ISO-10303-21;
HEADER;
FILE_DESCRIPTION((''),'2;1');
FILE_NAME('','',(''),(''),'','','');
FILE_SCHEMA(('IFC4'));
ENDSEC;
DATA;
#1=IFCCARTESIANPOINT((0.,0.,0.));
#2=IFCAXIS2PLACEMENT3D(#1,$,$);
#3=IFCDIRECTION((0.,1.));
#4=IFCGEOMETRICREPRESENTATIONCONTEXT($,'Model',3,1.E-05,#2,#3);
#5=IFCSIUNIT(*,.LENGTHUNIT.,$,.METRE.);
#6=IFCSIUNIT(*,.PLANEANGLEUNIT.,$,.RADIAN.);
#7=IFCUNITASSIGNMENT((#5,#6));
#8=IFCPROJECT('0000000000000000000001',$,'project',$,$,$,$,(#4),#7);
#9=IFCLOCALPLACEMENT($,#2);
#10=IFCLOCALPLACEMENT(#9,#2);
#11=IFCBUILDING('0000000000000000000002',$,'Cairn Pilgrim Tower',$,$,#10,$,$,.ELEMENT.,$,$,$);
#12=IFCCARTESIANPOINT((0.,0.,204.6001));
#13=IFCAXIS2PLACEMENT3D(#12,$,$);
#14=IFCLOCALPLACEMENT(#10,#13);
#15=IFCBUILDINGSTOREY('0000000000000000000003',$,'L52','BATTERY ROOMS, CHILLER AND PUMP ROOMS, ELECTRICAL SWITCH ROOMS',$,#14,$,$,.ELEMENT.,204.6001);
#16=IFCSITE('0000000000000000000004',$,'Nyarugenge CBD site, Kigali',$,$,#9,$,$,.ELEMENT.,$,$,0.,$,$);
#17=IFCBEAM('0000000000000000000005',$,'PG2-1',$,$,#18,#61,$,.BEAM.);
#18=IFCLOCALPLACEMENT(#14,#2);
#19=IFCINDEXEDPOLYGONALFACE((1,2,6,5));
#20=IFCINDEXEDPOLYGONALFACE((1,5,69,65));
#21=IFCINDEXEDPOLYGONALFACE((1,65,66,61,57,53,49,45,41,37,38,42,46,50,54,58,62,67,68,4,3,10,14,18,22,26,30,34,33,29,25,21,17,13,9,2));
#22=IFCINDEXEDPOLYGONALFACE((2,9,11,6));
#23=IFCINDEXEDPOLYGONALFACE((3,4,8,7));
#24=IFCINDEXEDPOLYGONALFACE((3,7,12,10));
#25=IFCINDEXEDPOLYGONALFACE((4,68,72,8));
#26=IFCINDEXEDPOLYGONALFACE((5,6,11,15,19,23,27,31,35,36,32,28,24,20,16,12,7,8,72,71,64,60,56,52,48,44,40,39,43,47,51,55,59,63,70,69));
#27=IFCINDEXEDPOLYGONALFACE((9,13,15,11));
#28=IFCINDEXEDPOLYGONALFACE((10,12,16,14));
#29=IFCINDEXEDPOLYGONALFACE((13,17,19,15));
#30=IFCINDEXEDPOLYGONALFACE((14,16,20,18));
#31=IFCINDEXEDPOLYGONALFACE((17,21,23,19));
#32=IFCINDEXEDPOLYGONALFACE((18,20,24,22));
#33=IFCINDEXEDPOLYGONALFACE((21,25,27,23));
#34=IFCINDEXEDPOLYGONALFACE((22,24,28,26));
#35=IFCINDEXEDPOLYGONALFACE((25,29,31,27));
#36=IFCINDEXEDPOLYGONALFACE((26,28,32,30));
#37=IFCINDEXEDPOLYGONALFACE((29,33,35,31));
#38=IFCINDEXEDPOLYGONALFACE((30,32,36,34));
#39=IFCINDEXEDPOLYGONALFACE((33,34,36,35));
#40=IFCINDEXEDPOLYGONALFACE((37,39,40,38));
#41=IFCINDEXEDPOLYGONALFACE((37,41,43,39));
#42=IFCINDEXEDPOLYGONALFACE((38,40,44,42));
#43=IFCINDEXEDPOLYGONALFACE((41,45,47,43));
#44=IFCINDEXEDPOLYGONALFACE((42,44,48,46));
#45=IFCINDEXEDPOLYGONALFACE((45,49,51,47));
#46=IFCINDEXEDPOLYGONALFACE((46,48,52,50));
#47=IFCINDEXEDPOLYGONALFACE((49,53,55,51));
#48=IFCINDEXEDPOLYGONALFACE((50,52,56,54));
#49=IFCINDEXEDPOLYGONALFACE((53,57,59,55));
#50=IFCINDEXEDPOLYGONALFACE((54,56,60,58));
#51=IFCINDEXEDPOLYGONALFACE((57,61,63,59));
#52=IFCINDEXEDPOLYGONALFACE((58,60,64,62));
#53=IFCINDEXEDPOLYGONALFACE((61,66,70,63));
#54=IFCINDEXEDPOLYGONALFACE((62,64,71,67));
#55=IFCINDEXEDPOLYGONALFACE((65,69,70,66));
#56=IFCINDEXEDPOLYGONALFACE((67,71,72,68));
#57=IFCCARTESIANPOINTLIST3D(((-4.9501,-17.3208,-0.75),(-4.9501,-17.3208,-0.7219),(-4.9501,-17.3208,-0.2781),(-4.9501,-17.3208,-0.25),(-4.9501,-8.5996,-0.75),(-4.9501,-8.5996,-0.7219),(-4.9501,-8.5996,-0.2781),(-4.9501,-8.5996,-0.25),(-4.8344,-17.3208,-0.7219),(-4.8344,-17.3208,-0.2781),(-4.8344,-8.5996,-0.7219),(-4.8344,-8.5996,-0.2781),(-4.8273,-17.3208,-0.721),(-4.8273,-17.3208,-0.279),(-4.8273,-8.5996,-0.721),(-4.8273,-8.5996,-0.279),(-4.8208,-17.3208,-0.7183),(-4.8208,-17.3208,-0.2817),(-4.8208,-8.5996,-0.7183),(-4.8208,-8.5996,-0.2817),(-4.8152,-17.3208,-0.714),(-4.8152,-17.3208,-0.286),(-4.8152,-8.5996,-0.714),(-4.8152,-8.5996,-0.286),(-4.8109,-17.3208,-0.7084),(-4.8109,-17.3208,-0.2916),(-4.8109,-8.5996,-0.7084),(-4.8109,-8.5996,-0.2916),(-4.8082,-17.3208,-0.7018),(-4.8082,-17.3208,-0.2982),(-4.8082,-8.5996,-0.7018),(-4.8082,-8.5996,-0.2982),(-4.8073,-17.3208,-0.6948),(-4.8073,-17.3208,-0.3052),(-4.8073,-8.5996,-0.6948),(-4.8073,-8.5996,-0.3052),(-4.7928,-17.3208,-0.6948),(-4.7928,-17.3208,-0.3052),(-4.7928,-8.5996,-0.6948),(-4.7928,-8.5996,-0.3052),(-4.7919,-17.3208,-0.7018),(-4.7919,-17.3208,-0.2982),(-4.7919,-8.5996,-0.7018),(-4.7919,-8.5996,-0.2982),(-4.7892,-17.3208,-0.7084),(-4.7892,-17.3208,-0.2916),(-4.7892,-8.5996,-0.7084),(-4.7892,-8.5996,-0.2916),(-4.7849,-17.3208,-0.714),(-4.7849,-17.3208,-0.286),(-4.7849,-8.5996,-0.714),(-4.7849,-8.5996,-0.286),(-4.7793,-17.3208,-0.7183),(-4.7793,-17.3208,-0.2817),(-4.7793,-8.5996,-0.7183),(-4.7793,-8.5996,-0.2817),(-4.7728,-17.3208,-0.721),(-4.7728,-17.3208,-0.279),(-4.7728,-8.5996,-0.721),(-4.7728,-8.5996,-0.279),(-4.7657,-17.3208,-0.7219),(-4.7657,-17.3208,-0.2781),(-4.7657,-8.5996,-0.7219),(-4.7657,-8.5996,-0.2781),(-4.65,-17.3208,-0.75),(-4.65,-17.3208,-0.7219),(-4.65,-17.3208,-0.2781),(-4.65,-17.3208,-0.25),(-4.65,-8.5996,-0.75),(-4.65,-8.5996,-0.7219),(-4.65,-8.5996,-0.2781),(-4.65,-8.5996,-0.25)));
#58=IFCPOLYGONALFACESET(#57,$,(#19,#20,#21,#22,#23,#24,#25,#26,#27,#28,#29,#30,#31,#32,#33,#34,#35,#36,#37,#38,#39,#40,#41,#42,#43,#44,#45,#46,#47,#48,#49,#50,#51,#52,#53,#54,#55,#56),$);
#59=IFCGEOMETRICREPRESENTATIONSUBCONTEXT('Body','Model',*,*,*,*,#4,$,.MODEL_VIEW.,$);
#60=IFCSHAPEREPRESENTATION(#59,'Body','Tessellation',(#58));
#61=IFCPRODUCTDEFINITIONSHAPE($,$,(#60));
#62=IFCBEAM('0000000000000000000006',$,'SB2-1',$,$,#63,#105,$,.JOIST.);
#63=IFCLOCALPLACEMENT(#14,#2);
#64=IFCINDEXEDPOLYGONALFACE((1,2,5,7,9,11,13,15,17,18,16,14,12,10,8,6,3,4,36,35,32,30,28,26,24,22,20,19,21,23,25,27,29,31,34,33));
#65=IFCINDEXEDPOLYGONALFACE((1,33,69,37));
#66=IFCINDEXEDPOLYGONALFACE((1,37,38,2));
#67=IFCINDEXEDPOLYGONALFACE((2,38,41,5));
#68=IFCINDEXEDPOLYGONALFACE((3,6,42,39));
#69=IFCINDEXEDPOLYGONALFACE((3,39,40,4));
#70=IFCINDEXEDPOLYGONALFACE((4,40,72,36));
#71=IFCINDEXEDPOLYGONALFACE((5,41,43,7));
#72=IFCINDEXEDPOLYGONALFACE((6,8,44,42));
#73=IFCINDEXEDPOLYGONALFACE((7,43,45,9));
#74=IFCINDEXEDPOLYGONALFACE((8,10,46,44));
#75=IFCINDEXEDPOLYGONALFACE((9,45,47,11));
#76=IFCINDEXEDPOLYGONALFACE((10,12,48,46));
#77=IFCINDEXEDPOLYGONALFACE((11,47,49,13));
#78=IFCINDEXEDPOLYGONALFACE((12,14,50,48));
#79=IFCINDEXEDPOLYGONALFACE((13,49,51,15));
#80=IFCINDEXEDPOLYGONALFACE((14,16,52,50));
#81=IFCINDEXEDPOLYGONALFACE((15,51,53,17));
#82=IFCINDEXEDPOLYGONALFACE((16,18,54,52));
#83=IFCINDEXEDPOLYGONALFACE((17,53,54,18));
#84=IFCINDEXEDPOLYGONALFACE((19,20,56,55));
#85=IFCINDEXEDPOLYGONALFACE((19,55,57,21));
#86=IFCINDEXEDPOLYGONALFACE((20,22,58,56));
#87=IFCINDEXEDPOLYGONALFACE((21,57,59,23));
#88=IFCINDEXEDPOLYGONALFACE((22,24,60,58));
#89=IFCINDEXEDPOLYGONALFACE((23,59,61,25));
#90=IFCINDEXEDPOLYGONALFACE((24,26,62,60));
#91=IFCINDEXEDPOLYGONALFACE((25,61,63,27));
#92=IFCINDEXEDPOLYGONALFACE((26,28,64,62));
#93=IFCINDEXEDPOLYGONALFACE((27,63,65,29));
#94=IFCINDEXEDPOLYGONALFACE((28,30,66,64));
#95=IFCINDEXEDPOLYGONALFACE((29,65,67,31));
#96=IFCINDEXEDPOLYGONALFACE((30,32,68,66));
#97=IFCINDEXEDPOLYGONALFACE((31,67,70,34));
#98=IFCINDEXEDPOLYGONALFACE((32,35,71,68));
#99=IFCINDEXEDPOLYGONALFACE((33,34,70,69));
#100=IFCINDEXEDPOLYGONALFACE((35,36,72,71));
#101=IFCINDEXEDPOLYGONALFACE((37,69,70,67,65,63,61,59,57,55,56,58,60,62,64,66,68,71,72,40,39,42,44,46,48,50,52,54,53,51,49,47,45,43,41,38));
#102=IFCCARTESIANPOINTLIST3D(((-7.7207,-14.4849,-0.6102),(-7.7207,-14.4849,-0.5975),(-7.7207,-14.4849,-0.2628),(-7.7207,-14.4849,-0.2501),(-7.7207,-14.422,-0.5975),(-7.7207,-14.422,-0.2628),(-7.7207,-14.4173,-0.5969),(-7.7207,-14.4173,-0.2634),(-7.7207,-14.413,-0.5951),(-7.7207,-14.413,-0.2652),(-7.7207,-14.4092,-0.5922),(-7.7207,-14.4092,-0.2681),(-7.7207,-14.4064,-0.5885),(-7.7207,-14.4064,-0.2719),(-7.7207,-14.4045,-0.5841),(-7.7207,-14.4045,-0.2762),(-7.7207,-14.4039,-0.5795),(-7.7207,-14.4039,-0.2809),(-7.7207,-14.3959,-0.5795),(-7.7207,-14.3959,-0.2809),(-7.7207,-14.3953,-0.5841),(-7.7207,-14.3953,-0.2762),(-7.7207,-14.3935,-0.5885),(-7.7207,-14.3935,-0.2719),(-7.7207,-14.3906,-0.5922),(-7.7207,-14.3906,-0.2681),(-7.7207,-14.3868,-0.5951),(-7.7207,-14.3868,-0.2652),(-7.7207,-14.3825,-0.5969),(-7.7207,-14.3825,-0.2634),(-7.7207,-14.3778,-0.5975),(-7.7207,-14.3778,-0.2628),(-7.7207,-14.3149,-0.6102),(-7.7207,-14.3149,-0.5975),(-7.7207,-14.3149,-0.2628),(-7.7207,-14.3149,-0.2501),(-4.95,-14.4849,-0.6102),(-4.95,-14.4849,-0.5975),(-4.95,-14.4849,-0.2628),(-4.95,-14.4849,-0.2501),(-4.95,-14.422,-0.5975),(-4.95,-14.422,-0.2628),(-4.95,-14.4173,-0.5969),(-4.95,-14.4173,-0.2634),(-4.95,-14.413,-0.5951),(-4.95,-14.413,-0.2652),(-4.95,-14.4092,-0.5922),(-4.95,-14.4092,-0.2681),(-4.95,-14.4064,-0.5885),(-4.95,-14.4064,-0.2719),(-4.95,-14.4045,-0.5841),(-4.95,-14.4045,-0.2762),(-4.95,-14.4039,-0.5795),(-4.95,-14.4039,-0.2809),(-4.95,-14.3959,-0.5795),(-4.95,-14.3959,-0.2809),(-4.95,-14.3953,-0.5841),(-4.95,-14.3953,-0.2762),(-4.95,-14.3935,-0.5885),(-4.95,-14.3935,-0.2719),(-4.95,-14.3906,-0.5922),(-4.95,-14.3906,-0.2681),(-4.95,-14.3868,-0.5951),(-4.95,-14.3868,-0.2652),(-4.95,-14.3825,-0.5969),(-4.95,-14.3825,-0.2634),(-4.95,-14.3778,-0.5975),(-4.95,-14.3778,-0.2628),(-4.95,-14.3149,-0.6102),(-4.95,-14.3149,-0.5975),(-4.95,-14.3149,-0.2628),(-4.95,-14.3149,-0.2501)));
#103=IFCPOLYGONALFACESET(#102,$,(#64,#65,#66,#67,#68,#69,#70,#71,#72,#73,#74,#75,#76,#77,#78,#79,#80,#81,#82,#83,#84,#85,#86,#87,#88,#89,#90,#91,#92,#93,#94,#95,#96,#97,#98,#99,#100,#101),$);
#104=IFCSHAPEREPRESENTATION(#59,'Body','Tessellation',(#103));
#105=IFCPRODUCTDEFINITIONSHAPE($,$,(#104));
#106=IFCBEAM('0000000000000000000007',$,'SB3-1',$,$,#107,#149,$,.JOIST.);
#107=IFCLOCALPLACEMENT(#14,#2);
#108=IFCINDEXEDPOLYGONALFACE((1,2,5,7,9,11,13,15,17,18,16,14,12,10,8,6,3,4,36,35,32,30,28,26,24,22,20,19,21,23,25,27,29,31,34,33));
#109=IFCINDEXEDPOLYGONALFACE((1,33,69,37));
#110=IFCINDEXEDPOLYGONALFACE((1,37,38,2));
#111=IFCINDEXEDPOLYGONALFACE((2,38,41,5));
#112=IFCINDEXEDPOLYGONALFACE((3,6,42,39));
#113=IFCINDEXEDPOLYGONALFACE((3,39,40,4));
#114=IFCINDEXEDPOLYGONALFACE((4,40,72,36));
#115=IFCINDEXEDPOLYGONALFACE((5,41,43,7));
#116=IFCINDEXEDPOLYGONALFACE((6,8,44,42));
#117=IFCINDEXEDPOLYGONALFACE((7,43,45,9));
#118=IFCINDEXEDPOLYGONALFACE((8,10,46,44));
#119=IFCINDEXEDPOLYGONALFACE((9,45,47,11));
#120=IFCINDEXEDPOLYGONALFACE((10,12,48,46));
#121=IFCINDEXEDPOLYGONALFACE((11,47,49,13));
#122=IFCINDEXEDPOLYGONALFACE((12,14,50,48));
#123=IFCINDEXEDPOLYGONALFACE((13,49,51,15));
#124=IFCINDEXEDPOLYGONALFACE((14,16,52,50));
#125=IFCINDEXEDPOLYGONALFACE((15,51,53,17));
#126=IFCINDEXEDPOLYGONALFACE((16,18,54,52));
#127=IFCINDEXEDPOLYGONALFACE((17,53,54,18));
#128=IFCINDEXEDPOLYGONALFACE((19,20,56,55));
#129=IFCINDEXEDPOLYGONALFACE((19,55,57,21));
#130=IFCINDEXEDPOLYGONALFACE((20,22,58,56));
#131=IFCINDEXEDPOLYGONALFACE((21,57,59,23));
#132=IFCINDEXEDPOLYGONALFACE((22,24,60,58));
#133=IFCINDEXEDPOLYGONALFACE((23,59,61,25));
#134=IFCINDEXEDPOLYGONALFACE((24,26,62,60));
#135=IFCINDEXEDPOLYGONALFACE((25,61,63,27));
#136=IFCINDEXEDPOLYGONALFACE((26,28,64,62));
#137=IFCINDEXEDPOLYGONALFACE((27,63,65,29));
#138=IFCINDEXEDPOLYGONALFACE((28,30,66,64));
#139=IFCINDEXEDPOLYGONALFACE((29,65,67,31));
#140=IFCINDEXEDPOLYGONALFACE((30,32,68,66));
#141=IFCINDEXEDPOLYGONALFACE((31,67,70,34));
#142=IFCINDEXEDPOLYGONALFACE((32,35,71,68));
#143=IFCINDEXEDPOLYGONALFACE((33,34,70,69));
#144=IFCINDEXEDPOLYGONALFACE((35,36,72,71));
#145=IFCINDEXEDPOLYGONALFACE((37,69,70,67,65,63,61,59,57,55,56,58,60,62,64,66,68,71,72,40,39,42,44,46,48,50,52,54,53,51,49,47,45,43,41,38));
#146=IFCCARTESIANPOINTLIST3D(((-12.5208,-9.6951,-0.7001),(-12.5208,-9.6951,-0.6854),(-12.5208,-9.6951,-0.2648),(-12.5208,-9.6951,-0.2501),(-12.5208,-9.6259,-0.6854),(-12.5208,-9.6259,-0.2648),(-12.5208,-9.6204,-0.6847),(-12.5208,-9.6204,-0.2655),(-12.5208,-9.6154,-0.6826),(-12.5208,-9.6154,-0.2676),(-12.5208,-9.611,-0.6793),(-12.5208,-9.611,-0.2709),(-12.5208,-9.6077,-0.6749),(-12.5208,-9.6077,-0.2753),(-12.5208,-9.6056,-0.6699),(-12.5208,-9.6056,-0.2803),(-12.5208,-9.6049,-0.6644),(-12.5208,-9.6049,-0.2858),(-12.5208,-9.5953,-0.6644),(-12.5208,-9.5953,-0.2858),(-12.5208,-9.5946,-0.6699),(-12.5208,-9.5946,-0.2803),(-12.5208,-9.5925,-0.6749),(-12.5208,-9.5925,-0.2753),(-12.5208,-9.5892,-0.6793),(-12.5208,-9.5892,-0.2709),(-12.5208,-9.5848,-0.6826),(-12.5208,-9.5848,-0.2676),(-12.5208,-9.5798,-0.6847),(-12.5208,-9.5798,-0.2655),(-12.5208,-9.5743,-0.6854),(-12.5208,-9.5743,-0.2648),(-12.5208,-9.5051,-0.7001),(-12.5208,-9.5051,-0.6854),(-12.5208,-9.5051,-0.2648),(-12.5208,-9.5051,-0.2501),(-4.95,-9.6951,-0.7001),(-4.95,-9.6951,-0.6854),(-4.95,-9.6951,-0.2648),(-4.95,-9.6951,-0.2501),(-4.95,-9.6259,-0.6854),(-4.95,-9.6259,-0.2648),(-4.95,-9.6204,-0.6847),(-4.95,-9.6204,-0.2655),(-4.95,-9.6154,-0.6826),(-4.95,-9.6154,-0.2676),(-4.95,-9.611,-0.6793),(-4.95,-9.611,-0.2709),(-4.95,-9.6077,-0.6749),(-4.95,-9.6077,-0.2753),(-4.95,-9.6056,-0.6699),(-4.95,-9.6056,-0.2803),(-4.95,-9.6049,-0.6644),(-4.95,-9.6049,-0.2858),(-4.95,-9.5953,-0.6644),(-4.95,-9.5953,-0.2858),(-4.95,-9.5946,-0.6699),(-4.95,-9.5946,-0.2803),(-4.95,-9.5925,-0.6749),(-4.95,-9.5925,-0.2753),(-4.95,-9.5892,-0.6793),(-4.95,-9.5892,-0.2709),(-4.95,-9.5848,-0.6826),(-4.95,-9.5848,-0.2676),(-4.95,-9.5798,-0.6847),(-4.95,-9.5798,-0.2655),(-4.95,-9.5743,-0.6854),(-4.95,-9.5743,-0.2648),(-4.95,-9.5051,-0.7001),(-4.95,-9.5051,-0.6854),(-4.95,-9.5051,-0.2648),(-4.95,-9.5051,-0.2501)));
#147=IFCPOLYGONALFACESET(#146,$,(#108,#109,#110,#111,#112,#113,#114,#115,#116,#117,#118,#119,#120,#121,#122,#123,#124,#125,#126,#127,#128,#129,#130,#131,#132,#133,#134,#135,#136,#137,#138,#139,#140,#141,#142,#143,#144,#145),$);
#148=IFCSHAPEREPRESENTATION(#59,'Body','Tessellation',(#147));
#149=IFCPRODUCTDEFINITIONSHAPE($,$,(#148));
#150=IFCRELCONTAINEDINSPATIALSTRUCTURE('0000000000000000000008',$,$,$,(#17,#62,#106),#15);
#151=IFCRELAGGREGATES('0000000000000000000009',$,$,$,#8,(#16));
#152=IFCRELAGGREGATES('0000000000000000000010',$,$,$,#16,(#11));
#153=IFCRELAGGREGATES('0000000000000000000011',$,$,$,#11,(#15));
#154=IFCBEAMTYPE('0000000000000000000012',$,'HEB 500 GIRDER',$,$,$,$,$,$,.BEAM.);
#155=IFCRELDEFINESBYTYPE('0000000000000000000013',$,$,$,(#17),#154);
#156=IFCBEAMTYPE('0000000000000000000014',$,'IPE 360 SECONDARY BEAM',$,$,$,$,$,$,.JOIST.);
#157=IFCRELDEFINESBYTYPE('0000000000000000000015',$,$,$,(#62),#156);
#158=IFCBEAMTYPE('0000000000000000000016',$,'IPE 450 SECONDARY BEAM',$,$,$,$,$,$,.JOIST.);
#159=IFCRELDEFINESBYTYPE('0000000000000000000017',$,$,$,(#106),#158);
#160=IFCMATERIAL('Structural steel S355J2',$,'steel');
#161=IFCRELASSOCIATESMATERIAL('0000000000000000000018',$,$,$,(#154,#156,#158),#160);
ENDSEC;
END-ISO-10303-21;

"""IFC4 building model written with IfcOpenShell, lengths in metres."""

from ifc_helpers import new_model, si_unit, direction, frame, origin, origin_2d, place, context, subcontext, project, spatial, i_section, extrude, material, material_profile, profile_set, type_object, element, save


model = new_model("IFC4")

# Units and contexts
model_context = context("Model", 3, precision=1e-05, world=origin(), true_north=direction((0.0, 1.0)))
body_context = subcontext(model_context, "Body", "Model", "MODEL_VIEW")
ifc_project = project(units=[si_unit("LENGTHUNIT", "METRE"), si_unit("PLANEANGLEUNIT", "RADIAN")], contexts=[model_context])

# Site, building, storey
site_placement = place(None, origin())
site = spatial("IfcSite", under=ifc_project, at=site_placement, Name="Nyarugenge CBD site, Kigali", CompositionType="ELEMENT", RefElevation=0.0)
building_placement = place(site_placement, origin())
building = spatial("IfcBuilding", under=site, at=building_placement, Name="Cairn Pilgrim Tower", CompositionType="ELEMENT")
storey_placement = place(building_placement, frame((0.0, 0.0, 204.6001)))
storey = spatial("IfcBuildingStorey", under=building, at=storey_placement, Name="L52", Description="BATTERY ROOMS, CHILLER AND PUMP ROOMS, ELECTRICAL SWITCH ROOMS", CompositionType="ELEMENT", Elevation=204.6001)

# Beams
ifc_material_1 = material(Name="Structural steel S355J2", Category="steel")
ifc_material_profile_1 = material_profile(ifc_material_1, i_section(OverallWidth=0.3, OverallDepth=0.5, WebThickness=0.0144, FlangeThickness=0.0281, FilletRadius=0.0271, at=origin_2d()), Name="HEB 500")
ifc_profile_set_1 = profile_set([ifc_material_profile_1], Name="Structural steel S355J2")
beam_type_1 = type_object("IfcBeamType", Name="HEB 500 GIRDER", PredefinedType="BEAM", material=ifc_profile_set_1)
beam_1_placement = place(storey_placement, frame((-4.8, -17.3208, -0.5), z_axis=(0.0, 1.0, 0.0), x_axis=(-1.0, 0.0, 0.0)))
element("IfcBeam", 1, at=beam_1_placement, inside=storey, type_object=beam_type_1, Name="PG2-1", PredefinedType="BEAM", context=body_context, shape_type="SweptSolid", body=[
    extrude(i_section(OverallWidth=0.3, OverallDepth=0.5, WebThickness=0.0144, FlangeThickness=0.0281, FilletRadius=0.0271, at=origin_2d()), origin(), (0.0, 0.0, 1.0), 8.7212),
])
ifc_material_profile_2 = material_profile(ifc_material_1, i_section(OverallWidth=0.1699, OverallDepth=0.3601, WebThickness=0.0081, FlangeThickness=0.0127, FilletRadius=0.0181, at=origin_2d()), Name="IPE 360")
ifc_profile_set_2 = profile_set([ifc_material_profile_2], Name="Structural steel S355J2")
beam_type_2 = type_object("IfcBeamType", Name="IPE 360 SECONDARY BEAM", PredefinedType="JOIST", material=ifc_profile_set_2)
beam_2_placement = place(storey_placement, frame((-7.7207, -14.3999, -0.4302), z_axis=(1.0, 0.0, 0.0), x_axis=(0.0, 1.0, 0.0)))
element("IfcBeam", 2, at=beam_2_placement, inside=storey, type_object=beam_type_2, Name="SB2-1", PredefinedType="JOIST", context=body_context, shape_type="SweptSolid", body=[
    extrude(i_section(OverallWidth=0.1699, OverallDepth=0.3601, WebThickness=0.0081, FlangeThickness=0.0127, FilletRadius=0.0181, at=origin_2d()), origin(), (0.0, 0.0, 1.0), 2.7708),
])
ifc_material_profile_3 = material_profile(ifc_material_1, i_section(OverallWidth=0.1899, OverallDepth=0.45, WebThickness=0.0095, FlangeThickness=0.0146, FilletRadius=0.021, at=origin_2d()), Name="IPE 450")
ifc_profile_set_3 = profile_set([ifc_material_profile_3], Name="Structural steel S355J2")
beam_type_3 = type_object("IfcBeamType", Name="IPE 450 SECONDARY BEAM", PredefinedType="JOIST", material=ifc_profile_set_3)
beam_3_placement = place(storey_placement, frame((-12.5208, -9.6001, -0.4751), z_axis=(1.0, 0.0, 0.0), x_axis=(0.0, 1.0, 0.0)))
element("IfcBeam", 3, at=beam_3_placement, inside=storey, type_object=beam_type_3, Name="SB3-1", PredefinedType="JOIST", context=body_context, shape_type="SweptSolid", body=[
    extrude(i_section(OverallWidth=0.1899, OverallDepth=0.45, WebThickness=0.0095, FlangeThickness=0.0146, FilletRadius=0.021, at=origin_2d()), origin(), (0.0, 0.0, 1.0), 7.5708),
])

save(model, "model.ifc")
